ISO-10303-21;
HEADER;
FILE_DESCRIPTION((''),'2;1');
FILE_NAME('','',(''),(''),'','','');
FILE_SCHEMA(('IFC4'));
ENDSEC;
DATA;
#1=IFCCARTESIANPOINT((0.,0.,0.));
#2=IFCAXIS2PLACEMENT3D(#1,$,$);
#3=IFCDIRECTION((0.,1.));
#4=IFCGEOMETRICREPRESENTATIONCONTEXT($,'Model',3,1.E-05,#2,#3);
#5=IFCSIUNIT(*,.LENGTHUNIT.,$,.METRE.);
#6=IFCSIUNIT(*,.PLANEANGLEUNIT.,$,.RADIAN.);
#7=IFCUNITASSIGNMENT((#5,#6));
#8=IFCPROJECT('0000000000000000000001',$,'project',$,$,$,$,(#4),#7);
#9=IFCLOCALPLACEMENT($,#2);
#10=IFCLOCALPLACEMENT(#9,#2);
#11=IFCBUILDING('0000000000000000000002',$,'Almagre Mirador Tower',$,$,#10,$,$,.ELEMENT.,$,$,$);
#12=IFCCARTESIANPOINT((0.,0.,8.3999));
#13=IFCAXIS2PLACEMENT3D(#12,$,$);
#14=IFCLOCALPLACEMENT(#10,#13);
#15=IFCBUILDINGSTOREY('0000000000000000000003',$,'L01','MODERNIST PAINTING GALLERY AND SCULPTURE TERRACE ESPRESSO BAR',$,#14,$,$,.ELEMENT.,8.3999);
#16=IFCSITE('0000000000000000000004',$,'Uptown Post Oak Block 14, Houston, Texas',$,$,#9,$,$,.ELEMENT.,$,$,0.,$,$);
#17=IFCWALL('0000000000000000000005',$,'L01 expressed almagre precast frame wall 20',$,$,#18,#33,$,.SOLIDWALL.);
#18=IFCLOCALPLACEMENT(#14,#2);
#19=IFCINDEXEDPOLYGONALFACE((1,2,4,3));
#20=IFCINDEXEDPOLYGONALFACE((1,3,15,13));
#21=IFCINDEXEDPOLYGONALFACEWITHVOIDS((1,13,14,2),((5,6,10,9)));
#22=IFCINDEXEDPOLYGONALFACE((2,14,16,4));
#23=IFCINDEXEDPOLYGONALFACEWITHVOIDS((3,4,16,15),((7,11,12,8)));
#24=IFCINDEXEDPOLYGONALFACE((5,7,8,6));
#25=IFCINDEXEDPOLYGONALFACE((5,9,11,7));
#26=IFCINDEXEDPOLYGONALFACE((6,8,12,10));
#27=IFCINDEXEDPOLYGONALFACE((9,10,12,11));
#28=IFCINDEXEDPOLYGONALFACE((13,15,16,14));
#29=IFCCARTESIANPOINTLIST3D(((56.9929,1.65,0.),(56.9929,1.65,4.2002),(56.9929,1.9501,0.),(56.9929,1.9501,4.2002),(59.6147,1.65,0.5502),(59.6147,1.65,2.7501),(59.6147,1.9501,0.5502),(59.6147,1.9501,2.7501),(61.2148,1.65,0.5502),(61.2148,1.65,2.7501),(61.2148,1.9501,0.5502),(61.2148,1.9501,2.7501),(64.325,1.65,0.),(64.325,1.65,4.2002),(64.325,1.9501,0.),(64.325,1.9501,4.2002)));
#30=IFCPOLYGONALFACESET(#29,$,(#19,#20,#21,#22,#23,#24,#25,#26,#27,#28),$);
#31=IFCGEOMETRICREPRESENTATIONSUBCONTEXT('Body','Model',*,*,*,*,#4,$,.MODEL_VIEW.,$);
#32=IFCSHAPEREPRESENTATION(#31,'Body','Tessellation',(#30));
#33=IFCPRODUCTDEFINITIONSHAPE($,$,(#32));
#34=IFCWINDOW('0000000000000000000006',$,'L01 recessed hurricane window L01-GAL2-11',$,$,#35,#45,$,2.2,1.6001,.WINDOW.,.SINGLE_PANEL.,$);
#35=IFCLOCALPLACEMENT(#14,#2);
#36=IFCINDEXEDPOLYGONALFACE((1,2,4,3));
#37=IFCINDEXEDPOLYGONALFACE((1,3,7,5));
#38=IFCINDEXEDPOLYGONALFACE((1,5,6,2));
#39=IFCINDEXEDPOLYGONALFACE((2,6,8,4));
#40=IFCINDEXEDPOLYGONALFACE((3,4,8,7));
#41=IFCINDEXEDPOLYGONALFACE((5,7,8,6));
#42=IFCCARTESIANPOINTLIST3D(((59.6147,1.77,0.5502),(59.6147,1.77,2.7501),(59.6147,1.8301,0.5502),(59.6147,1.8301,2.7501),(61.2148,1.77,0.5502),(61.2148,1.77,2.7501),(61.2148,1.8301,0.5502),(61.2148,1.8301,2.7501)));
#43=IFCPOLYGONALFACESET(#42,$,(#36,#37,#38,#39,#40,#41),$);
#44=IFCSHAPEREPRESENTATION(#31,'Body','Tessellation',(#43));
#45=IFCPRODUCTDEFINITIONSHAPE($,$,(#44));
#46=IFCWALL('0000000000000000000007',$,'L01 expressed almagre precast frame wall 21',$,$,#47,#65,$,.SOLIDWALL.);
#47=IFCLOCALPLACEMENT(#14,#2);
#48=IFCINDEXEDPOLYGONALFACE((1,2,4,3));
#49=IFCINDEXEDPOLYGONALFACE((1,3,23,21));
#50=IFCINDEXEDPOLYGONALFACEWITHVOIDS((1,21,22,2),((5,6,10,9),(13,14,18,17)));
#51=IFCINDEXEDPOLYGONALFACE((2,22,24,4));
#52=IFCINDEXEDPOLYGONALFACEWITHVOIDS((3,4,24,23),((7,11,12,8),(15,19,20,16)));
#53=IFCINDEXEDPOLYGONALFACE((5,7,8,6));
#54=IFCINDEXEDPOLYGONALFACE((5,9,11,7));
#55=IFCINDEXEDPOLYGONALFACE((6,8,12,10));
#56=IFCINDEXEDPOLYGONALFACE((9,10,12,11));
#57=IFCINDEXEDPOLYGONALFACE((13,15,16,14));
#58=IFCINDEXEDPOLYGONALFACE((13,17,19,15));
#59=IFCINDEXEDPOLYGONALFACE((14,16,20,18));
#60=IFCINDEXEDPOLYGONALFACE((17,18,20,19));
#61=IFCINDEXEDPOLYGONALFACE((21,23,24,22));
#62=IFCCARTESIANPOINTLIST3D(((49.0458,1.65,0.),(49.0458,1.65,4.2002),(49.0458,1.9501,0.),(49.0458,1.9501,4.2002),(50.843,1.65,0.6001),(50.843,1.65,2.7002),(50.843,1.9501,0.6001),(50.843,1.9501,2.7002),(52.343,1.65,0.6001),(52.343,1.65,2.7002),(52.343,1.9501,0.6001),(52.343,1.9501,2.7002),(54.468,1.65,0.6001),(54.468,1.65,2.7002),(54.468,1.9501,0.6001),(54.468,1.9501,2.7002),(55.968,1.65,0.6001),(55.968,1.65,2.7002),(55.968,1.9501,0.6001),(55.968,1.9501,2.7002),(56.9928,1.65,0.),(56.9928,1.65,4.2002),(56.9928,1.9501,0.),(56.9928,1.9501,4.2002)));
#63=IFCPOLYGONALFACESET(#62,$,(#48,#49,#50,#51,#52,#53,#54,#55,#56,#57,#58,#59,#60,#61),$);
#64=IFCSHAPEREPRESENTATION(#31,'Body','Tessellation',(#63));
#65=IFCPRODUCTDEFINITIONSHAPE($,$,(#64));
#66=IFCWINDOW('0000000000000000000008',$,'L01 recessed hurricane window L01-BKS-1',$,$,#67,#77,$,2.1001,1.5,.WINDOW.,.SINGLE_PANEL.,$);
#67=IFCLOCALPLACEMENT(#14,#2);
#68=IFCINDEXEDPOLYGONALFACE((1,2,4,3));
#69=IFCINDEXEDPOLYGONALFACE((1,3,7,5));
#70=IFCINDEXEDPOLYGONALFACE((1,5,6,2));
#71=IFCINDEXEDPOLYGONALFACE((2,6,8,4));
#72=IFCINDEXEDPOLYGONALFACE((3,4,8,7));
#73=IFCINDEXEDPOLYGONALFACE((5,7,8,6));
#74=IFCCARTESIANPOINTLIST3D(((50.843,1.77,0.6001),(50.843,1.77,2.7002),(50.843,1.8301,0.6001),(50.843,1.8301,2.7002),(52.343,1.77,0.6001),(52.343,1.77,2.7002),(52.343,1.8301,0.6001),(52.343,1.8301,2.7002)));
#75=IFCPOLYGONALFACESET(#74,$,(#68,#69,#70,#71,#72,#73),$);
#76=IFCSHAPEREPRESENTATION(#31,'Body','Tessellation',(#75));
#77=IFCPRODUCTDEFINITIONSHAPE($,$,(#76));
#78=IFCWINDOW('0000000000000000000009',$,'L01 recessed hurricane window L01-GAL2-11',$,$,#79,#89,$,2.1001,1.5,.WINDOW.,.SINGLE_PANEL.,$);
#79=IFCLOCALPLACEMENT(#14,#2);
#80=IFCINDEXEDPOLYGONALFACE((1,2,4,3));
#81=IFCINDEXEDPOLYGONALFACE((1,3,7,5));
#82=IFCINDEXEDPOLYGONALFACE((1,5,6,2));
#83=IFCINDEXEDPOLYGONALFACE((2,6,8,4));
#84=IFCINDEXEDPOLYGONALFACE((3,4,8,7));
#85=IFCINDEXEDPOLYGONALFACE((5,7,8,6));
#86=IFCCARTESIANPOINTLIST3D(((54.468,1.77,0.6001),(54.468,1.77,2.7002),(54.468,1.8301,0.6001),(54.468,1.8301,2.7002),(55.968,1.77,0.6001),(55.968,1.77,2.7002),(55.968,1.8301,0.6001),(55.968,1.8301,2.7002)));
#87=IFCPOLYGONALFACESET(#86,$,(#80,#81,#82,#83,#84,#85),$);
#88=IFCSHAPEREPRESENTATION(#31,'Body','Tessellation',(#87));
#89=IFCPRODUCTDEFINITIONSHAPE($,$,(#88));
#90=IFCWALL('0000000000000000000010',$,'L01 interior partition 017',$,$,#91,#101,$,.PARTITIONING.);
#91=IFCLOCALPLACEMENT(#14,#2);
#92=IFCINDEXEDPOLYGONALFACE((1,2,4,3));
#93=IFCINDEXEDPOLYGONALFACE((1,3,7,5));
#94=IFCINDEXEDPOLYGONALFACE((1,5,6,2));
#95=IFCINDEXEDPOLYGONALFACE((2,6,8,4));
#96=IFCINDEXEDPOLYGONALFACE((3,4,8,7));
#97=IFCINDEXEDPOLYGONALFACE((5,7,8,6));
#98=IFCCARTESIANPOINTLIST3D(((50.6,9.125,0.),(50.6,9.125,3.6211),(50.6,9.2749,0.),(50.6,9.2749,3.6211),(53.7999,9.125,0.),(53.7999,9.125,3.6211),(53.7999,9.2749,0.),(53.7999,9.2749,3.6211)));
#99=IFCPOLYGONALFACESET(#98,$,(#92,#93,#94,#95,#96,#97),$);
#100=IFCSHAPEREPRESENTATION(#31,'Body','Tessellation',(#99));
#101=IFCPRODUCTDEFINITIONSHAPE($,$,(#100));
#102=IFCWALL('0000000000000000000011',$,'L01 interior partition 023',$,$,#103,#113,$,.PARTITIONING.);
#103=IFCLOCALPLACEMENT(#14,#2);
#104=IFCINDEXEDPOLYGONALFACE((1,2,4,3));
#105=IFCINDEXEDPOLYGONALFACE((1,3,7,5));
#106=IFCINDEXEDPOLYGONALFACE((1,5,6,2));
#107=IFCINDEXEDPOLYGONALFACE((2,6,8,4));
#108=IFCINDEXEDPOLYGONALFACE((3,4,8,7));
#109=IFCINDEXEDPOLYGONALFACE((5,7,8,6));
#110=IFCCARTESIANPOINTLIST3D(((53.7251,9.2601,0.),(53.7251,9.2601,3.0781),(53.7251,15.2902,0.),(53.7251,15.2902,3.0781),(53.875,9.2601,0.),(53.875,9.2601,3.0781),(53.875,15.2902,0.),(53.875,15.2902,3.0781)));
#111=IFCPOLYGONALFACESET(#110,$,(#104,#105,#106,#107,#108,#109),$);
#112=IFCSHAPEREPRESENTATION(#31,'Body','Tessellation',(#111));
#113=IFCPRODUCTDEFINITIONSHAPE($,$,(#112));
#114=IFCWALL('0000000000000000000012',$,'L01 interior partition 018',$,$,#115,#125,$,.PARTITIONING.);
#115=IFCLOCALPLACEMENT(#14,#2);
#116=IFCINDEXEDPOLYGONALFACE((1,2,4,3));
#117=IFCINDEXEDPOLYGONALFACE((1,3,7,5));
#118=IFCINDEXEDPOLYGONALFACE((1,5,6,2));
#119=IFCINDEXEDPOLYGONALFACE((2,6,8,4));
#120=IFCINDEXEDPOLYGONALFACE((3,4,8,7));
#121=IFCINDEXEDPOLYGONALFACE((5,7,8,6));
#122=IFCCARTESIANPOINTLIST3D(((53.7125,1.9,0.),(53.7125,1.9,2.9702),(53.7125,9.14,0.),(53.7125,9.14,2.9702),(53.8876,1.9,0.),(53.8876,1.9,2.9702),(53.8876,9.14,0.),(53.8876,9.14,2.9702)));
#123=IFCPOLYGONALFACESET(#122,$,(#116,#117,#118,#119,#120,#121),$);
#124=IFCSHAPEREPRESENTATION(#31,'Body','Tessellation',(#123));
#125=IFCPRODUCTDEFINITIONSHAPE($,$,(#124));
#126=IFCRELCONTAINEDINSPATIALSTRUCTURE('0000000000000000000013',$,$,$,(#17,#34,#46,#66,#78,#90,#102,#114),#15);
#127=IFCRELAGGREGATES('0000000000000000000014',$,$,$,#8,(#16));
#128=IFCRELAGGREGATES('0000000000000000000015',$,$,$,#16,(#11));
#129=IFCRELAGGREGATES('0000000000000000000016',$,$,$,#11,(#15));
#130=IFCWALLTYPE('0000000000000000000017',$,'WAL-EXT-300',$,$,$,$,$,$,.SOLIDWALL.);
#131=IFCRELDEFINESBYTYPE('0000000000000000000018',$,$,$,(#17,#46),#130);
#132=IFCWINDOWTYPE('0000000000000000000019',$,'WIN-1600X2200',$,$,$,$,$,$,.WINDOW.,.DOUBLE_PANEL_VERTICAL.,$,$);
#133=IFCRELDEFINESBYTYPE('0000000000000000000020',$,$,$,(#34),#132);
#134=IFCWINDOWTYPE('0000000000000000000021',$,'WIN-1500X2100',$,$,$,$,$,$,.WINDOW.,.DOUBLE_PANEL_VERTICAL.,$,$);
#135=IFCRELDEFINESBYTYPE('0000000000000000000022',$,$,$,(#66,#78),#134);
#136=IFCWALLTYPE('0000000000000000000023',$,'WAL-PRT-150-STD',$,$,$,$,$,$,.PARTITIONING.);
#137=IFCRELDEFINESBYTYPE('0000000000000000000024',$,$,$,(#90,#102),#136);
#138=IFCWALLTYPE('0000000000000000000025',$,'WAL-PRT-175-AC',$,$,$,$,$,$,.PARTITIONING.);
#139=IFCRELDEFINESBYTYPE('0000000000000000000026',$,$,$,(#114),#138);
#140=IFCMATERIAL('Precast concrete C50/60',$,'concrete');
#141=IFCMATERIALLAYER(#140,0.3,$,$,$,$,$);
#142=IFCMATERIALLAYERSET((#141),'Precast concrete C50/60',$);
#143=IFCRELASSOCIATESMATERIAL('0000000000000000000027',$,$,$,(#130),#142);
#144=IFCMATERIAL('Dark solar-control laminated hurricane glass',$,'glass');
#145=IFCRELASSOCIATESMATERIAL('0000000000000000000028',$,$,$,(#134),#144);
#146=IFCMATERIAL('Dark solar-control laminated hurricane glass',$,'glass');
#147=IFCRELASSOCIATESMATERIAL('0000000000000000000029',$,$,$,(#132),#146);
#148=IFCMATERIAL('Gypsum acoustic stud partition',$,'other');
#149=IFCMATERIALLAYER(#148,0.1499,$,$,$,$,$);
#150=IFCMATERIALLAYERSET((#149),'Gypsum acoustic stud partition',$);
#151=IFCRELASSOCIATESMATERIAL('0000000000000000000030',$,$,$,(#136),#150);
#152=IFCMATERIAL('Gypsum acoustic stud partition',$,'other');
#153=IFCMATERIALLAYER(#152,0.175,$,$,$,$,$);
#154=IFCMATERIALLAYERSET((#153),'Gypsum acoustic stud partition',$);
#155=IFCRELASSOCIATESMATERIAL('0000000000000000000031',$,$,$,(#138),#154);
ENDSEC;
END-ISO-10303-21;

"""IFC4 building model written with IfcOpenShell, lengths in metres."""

from ifc_helpers import new_model, si_unit, direction, frame, frame_2d, origin, place, context, subcontext, project, spatial, rectangle, extrude, material, layer, layer_set, type_object, element, fill, save


model = new_model("IFC4")

# Units and contexts
model_context = context("Model", 3, precision=1e-05, world=origin(), true_north=direction((0.0, 1.0)))
body_context = subcontext(model_context, "Body", "Model", "MODEL_VIEW")
ifc_project = project(units=[si_unit("LENGTHUNIT", "METRE"), si_unit("PLANEANGLEUNIT", "RADIAN")], contexts=[model_context])

# Site, building, storey
site_placement = place(None, origin())
site = spatial("IfcSite", under=ifc_project, at=site_placement, Name="Uptown Post Oak Block 14, Houston, Texas", CompositionType="ELEMENT", RefElevation=0.0)
building_placement = place(site_placement, origin())
building = spatial("IfcBuilding", under=site, at=building_placement, Name="Almagre Mirador Tower", CompositionType="ELEMENT")
storey_placement = place(building_placement, frame((0.0, 0.0, 8.3999)))
storey = spatial("IfcBuildingStorey", under=building, at=storey_placement, Name="L01", Description="MODERNIST PAINTING GALLERY AND SCULPTURE TERRACE ESPRESSO BAR", CompositionType="ELEMENT", Elevation=8.3999)

# Shared definitions
ifc_material_1 = material(Name="Precast concrete C50/60", Category="concrete")
ifc_layer_1 = layer(ifc_material_1, 0.3)
ifc_layer_set_1 = layer_set([ifc_layer_1], Name="Precast concrete C50/60")
wall_type_1 = type_object("IfcWallType", Name="WAL-EXT-300", PredefinedType="SOLIDWALL", material=ifc_layer_set_1)
ifc_material_2 = material(Name="Dark solar-control laminated hurricane glass", Category="glass")
window_type_1 = type_object("IfcWindowType", Name="WIN-1500X2100", PartitioningType="DOUBLE_PANEL_VERTICAL", PredefinedType="WINDOW", material=ifc_material_2)

# Shared definitions
ifc_material_3 = material(Name="Dark solar-control laminated hurricane glass", Category="glass")
window_type_2 = type_object("IfcWindowType", Name="WIN-1600X2200", PartitioningType="DOUBLE_PANEL_VERTICAL", PredefinedType="WINDOW", material=ifc_material_3)

# Wall, opening, window
wall_1_placement = place(storey_placement, frame((64.325, 1.8, 0.0), z_axis=(0.0, 0.0, 1.0), x_axis=(-1.0, 0.0, 0.0)))
wall_1 = element("IfcWall", 1, at=wall_1_placement, inside=storey, type_object=wall_type_1, Name="L01 expressed almagre precast frame wall 20", PredefinedType="SOLIDWALL", context=body_context, shape_type="SweptSolid", body=[
    extrude(rectangle(XDim=7.332, YDim=0.3, at=frame_2d((3.666, 0.0))), origin(), (0.0, 0.0, 1.0), 4.2002),
])
opening_1_placement = place(wall_1_placement, frame((3.1101, 0.0, 0.55)))
opening_1 = element("IfcOpeningElement", 2, at=opening_1_placement, cuts=wall_1, PredefinedType="OPENING", context=body_context, shape_type="SweptSolid", body=[
    extrude(rectangle(XDim=1.6001, YDim=2.2, at=frame_2d((0.8, 1.1001))), frame((0.0, 0.1599, 0.0), z_axis=(0.0, -1.0, 0.0), x_axis=(1.0, 0.0, 0.0)), (0.0, 0.0, 1.0), 0.32),
])
window_1_placement = place(opening_1_placement, origin())
window_1 = element("IfcWindow", 3, at=window_1_placement, inside=storey, type_object=window_type_2, Name="L01 recessed hurricane window L01-GAL2-11", OverallHeight=2.2, OverallWidth=1.6001, PartitioningType="SINGLE_PANEL", PredefinedType="WINDOW", context=body_context, shape_type="SweptSolid", body=[
    extrude(rectangle(XDim=1.6001, YDim=2.2, at=frame_2d((0.8, 1.1001))), frame((0.0, 0.03, 0.0), z_axis=(0.0, -1.0, 0.0), x_axis=(1.0, 0.0, 0.0)), (0.0, 0.0, 1.0), 0.0601),
])
fill(opening_1, window_1)

# Wall, openings, windows
wall_2_placement = place(storey_placement, frame((56.9929, 1.8, 0.0), z_axis=(0.0, 0.0, 1.0), x_axis=(-1.0, 0.0, 0.0)))
wall_2 = element("IfcWall", 4, at=wall_2_placement, inside=storey, type_object=wall_type_1, Name="L01 expressed almagre precast frame wall 21", PredefinedType="SOLIDWALL", context=body_context, shape_type="SweptSolid", body=[
    extrude(rectangle(XDim=7.947, YDim=0.3, at=frame_2d((3.9736, 0.0))), origin(), (0.0, 0.0, 1.0), 4.2002),
])
opening_2_placement = place(wall_2_placement, frame((4.6499, 0.0, 0.6001)))
opening_2 = element("IfcOpeningElement", 5, at=opening_2_placement, cuts=wall_2, PredefinedType="OPENING", context=body_context, shape_type="SweptSolid", body=[
    extrude(rectangle(XDim=1.5, YDim=2.1001, at=frame_2d((0.75, 1.05))), frame((0.0, 0.1599, 0.0), z_axis=(0.0, -1.0, 0.0), x_axis=(1.0, 0.0, 0.0)), (0.0, 0.0, 1.0), 0.32),
])
opening_3_placement = place(wall_2_placement, frame((1.0249, 0.0, 0.6001)))
opening_3 = element("IfcOpeningElement", 6, at=opening_3_placement, cuts=wall_2, PredefinedType="OPENING", context=body_context, shape_type="SweptSolid", body=[
    extrude(rectangle(XDim=1.5, YDim=2.1001, at=frame_2d((0.75, 1.05))), frame((0.0, 0.1599, 0.0), z_axis=(0.0, -1.0, 0.0), x_axis=(1.0, 0.0, 0.0)), (0.0, 0.0, 1.0), 0.32),
])
window_2_placement = place(opening_2_placement, origin())
window_2 = element("IfcWindow", 7, at=window_2_placement, inside=storey, type_object=window_type_1, Name="L01 recessed hurricane window L01-BKS-1", OverallHeight=2.1001, OverallWidth=1.5, PartitioningType="SINGLE_PANEL", PredefinedType="WINDOW", context=body_context, shape_type="SweptSolid", body=[
    extrude(rectangle(XDim=1.5, YDim=2.1001, at=frame_2d((0.75, 1.05))), frame((0.0, 0.03, 0.0), z_axis=(0.0, -1.0, 0.0), x_axis=(1.0, 0.0, 0.0)), (0.0, 0.0, 1.0), 0.0601),
])
fill(opening_2, window_2)
window_3_placement = place(opening_3_placement, origin())
window_3 = element("IfcWindow", 8, at=window_3_placement, inside=storey, type_object=window_type_1, Name="L01 recessed hurricane window L01-GAL2-11", OverallHeight=2.1001, OverallWidth=1.5, PartitioningType="SINGLE_PANEL", PredefinedType="WINDOW", context=body_context, shape_type="SweptSolid", body=[
    extrude(rectangle(XDim=1.5, YDim=2.1001, at=frame_2d((0.75, 1.05))), frame((0.0, 0.03, 0.0), z_axis=(0.0, -1.0, 0.0), x_axis=(1.0, 0.0, 0.0)), (0.0, 0.0, 1.0), 0.0601),
])
fill(opening_3, window_3)

# Walls
ifc_material_4 = material(Name="Gypsum acoustic stud partition", Category="other")
ifc_layer_2 = layer(ifc_material_4, 0.1499)
ifc_layer_set_2 = layer_set([ifc_layer_2], Name="Gypsum acoustic stud partition")
wall_type_2 = type_object("IfcWallType", Name="WAL-PRT-150-STD", PredefinedType="PARTITIONING", material=ifc_layer_set_2)
wall_3_placement = place(storey_placement, frame((53.8, 9.2, 0.0), z_axis=(0.0, 0.0, 1.0), x_axis=(-1.0, 0.0, 0.0)))
element("IfcWall", 9, at=wall_3_placement, inside=storey, type_object=wall_type_2, Name="L01 interior partition 017", PredefinedType="PARTITIONING", context=body_context, shape_type="SweptSolid", body=[
    extrude(rectangle(XDim=3.2, YDim=0.1499, at=frame_2d((1.6001, 0.0))), origin(), (0.0, 0.0, 1.0), 3.6211),
])
wall_4_placement = place(storey_placement, frame((53.8, 9.26, 0.0), z_axis=(0.0, 0.0, 1.0), x_axis=(0.0, 1.0, 0.0)))
element("IfcWall", 10, at=wall_4_placement, inside=storey, type_object=wall_type_2, Name="L01 interior partition 023", PredefinedType="PARTITIONING", context=body_context, shape_type="SweptSolid", body=[
    extrude(rectangle(XDim=6.03, YDim=0.1499, at=frame_2d((3.0151, 0.0))), origin(), (0.0, 0.0, 1.0), 3.0781),
])
ifc_material_5 = material(Name="Gypsum acoustic stud partition", Category="other")
ifc_layer_3 = layer(ifc_material_5, 0.175)
ifc_layer_set_3 = layer_set([ifc_layer_3], Name="Gypsum acoustic stud partition")
wall_type_3 = type_object("IfcWallType", Name="WAL-PRT-175-AC", PredefinedType="PARTITIONING", material=ifc_layer_set_3)
wall_5_placement = place(storey_placement, frame((53.8, 1.8999, 0.0), z_axis=(0.0, 0.0, 1.0), x_axis=(0.0, 1.0, 0.0)))
element("IfcWall", 11, at=wall_5_placement, inside=storey, type_object=wall_type_3, Name="L01 interior partition 018", PredefinedType="PARTITIONING", context=body_context, shape_type="SweptSolid", body=[
    extrude(rectangle(XDim=7.24, YDim=0.175, at=frame_2d((3.6201, 0.0))), origin(), (0.0, 0.0, 1.0), 2.9702),
])

save(model, "model.ifc")
